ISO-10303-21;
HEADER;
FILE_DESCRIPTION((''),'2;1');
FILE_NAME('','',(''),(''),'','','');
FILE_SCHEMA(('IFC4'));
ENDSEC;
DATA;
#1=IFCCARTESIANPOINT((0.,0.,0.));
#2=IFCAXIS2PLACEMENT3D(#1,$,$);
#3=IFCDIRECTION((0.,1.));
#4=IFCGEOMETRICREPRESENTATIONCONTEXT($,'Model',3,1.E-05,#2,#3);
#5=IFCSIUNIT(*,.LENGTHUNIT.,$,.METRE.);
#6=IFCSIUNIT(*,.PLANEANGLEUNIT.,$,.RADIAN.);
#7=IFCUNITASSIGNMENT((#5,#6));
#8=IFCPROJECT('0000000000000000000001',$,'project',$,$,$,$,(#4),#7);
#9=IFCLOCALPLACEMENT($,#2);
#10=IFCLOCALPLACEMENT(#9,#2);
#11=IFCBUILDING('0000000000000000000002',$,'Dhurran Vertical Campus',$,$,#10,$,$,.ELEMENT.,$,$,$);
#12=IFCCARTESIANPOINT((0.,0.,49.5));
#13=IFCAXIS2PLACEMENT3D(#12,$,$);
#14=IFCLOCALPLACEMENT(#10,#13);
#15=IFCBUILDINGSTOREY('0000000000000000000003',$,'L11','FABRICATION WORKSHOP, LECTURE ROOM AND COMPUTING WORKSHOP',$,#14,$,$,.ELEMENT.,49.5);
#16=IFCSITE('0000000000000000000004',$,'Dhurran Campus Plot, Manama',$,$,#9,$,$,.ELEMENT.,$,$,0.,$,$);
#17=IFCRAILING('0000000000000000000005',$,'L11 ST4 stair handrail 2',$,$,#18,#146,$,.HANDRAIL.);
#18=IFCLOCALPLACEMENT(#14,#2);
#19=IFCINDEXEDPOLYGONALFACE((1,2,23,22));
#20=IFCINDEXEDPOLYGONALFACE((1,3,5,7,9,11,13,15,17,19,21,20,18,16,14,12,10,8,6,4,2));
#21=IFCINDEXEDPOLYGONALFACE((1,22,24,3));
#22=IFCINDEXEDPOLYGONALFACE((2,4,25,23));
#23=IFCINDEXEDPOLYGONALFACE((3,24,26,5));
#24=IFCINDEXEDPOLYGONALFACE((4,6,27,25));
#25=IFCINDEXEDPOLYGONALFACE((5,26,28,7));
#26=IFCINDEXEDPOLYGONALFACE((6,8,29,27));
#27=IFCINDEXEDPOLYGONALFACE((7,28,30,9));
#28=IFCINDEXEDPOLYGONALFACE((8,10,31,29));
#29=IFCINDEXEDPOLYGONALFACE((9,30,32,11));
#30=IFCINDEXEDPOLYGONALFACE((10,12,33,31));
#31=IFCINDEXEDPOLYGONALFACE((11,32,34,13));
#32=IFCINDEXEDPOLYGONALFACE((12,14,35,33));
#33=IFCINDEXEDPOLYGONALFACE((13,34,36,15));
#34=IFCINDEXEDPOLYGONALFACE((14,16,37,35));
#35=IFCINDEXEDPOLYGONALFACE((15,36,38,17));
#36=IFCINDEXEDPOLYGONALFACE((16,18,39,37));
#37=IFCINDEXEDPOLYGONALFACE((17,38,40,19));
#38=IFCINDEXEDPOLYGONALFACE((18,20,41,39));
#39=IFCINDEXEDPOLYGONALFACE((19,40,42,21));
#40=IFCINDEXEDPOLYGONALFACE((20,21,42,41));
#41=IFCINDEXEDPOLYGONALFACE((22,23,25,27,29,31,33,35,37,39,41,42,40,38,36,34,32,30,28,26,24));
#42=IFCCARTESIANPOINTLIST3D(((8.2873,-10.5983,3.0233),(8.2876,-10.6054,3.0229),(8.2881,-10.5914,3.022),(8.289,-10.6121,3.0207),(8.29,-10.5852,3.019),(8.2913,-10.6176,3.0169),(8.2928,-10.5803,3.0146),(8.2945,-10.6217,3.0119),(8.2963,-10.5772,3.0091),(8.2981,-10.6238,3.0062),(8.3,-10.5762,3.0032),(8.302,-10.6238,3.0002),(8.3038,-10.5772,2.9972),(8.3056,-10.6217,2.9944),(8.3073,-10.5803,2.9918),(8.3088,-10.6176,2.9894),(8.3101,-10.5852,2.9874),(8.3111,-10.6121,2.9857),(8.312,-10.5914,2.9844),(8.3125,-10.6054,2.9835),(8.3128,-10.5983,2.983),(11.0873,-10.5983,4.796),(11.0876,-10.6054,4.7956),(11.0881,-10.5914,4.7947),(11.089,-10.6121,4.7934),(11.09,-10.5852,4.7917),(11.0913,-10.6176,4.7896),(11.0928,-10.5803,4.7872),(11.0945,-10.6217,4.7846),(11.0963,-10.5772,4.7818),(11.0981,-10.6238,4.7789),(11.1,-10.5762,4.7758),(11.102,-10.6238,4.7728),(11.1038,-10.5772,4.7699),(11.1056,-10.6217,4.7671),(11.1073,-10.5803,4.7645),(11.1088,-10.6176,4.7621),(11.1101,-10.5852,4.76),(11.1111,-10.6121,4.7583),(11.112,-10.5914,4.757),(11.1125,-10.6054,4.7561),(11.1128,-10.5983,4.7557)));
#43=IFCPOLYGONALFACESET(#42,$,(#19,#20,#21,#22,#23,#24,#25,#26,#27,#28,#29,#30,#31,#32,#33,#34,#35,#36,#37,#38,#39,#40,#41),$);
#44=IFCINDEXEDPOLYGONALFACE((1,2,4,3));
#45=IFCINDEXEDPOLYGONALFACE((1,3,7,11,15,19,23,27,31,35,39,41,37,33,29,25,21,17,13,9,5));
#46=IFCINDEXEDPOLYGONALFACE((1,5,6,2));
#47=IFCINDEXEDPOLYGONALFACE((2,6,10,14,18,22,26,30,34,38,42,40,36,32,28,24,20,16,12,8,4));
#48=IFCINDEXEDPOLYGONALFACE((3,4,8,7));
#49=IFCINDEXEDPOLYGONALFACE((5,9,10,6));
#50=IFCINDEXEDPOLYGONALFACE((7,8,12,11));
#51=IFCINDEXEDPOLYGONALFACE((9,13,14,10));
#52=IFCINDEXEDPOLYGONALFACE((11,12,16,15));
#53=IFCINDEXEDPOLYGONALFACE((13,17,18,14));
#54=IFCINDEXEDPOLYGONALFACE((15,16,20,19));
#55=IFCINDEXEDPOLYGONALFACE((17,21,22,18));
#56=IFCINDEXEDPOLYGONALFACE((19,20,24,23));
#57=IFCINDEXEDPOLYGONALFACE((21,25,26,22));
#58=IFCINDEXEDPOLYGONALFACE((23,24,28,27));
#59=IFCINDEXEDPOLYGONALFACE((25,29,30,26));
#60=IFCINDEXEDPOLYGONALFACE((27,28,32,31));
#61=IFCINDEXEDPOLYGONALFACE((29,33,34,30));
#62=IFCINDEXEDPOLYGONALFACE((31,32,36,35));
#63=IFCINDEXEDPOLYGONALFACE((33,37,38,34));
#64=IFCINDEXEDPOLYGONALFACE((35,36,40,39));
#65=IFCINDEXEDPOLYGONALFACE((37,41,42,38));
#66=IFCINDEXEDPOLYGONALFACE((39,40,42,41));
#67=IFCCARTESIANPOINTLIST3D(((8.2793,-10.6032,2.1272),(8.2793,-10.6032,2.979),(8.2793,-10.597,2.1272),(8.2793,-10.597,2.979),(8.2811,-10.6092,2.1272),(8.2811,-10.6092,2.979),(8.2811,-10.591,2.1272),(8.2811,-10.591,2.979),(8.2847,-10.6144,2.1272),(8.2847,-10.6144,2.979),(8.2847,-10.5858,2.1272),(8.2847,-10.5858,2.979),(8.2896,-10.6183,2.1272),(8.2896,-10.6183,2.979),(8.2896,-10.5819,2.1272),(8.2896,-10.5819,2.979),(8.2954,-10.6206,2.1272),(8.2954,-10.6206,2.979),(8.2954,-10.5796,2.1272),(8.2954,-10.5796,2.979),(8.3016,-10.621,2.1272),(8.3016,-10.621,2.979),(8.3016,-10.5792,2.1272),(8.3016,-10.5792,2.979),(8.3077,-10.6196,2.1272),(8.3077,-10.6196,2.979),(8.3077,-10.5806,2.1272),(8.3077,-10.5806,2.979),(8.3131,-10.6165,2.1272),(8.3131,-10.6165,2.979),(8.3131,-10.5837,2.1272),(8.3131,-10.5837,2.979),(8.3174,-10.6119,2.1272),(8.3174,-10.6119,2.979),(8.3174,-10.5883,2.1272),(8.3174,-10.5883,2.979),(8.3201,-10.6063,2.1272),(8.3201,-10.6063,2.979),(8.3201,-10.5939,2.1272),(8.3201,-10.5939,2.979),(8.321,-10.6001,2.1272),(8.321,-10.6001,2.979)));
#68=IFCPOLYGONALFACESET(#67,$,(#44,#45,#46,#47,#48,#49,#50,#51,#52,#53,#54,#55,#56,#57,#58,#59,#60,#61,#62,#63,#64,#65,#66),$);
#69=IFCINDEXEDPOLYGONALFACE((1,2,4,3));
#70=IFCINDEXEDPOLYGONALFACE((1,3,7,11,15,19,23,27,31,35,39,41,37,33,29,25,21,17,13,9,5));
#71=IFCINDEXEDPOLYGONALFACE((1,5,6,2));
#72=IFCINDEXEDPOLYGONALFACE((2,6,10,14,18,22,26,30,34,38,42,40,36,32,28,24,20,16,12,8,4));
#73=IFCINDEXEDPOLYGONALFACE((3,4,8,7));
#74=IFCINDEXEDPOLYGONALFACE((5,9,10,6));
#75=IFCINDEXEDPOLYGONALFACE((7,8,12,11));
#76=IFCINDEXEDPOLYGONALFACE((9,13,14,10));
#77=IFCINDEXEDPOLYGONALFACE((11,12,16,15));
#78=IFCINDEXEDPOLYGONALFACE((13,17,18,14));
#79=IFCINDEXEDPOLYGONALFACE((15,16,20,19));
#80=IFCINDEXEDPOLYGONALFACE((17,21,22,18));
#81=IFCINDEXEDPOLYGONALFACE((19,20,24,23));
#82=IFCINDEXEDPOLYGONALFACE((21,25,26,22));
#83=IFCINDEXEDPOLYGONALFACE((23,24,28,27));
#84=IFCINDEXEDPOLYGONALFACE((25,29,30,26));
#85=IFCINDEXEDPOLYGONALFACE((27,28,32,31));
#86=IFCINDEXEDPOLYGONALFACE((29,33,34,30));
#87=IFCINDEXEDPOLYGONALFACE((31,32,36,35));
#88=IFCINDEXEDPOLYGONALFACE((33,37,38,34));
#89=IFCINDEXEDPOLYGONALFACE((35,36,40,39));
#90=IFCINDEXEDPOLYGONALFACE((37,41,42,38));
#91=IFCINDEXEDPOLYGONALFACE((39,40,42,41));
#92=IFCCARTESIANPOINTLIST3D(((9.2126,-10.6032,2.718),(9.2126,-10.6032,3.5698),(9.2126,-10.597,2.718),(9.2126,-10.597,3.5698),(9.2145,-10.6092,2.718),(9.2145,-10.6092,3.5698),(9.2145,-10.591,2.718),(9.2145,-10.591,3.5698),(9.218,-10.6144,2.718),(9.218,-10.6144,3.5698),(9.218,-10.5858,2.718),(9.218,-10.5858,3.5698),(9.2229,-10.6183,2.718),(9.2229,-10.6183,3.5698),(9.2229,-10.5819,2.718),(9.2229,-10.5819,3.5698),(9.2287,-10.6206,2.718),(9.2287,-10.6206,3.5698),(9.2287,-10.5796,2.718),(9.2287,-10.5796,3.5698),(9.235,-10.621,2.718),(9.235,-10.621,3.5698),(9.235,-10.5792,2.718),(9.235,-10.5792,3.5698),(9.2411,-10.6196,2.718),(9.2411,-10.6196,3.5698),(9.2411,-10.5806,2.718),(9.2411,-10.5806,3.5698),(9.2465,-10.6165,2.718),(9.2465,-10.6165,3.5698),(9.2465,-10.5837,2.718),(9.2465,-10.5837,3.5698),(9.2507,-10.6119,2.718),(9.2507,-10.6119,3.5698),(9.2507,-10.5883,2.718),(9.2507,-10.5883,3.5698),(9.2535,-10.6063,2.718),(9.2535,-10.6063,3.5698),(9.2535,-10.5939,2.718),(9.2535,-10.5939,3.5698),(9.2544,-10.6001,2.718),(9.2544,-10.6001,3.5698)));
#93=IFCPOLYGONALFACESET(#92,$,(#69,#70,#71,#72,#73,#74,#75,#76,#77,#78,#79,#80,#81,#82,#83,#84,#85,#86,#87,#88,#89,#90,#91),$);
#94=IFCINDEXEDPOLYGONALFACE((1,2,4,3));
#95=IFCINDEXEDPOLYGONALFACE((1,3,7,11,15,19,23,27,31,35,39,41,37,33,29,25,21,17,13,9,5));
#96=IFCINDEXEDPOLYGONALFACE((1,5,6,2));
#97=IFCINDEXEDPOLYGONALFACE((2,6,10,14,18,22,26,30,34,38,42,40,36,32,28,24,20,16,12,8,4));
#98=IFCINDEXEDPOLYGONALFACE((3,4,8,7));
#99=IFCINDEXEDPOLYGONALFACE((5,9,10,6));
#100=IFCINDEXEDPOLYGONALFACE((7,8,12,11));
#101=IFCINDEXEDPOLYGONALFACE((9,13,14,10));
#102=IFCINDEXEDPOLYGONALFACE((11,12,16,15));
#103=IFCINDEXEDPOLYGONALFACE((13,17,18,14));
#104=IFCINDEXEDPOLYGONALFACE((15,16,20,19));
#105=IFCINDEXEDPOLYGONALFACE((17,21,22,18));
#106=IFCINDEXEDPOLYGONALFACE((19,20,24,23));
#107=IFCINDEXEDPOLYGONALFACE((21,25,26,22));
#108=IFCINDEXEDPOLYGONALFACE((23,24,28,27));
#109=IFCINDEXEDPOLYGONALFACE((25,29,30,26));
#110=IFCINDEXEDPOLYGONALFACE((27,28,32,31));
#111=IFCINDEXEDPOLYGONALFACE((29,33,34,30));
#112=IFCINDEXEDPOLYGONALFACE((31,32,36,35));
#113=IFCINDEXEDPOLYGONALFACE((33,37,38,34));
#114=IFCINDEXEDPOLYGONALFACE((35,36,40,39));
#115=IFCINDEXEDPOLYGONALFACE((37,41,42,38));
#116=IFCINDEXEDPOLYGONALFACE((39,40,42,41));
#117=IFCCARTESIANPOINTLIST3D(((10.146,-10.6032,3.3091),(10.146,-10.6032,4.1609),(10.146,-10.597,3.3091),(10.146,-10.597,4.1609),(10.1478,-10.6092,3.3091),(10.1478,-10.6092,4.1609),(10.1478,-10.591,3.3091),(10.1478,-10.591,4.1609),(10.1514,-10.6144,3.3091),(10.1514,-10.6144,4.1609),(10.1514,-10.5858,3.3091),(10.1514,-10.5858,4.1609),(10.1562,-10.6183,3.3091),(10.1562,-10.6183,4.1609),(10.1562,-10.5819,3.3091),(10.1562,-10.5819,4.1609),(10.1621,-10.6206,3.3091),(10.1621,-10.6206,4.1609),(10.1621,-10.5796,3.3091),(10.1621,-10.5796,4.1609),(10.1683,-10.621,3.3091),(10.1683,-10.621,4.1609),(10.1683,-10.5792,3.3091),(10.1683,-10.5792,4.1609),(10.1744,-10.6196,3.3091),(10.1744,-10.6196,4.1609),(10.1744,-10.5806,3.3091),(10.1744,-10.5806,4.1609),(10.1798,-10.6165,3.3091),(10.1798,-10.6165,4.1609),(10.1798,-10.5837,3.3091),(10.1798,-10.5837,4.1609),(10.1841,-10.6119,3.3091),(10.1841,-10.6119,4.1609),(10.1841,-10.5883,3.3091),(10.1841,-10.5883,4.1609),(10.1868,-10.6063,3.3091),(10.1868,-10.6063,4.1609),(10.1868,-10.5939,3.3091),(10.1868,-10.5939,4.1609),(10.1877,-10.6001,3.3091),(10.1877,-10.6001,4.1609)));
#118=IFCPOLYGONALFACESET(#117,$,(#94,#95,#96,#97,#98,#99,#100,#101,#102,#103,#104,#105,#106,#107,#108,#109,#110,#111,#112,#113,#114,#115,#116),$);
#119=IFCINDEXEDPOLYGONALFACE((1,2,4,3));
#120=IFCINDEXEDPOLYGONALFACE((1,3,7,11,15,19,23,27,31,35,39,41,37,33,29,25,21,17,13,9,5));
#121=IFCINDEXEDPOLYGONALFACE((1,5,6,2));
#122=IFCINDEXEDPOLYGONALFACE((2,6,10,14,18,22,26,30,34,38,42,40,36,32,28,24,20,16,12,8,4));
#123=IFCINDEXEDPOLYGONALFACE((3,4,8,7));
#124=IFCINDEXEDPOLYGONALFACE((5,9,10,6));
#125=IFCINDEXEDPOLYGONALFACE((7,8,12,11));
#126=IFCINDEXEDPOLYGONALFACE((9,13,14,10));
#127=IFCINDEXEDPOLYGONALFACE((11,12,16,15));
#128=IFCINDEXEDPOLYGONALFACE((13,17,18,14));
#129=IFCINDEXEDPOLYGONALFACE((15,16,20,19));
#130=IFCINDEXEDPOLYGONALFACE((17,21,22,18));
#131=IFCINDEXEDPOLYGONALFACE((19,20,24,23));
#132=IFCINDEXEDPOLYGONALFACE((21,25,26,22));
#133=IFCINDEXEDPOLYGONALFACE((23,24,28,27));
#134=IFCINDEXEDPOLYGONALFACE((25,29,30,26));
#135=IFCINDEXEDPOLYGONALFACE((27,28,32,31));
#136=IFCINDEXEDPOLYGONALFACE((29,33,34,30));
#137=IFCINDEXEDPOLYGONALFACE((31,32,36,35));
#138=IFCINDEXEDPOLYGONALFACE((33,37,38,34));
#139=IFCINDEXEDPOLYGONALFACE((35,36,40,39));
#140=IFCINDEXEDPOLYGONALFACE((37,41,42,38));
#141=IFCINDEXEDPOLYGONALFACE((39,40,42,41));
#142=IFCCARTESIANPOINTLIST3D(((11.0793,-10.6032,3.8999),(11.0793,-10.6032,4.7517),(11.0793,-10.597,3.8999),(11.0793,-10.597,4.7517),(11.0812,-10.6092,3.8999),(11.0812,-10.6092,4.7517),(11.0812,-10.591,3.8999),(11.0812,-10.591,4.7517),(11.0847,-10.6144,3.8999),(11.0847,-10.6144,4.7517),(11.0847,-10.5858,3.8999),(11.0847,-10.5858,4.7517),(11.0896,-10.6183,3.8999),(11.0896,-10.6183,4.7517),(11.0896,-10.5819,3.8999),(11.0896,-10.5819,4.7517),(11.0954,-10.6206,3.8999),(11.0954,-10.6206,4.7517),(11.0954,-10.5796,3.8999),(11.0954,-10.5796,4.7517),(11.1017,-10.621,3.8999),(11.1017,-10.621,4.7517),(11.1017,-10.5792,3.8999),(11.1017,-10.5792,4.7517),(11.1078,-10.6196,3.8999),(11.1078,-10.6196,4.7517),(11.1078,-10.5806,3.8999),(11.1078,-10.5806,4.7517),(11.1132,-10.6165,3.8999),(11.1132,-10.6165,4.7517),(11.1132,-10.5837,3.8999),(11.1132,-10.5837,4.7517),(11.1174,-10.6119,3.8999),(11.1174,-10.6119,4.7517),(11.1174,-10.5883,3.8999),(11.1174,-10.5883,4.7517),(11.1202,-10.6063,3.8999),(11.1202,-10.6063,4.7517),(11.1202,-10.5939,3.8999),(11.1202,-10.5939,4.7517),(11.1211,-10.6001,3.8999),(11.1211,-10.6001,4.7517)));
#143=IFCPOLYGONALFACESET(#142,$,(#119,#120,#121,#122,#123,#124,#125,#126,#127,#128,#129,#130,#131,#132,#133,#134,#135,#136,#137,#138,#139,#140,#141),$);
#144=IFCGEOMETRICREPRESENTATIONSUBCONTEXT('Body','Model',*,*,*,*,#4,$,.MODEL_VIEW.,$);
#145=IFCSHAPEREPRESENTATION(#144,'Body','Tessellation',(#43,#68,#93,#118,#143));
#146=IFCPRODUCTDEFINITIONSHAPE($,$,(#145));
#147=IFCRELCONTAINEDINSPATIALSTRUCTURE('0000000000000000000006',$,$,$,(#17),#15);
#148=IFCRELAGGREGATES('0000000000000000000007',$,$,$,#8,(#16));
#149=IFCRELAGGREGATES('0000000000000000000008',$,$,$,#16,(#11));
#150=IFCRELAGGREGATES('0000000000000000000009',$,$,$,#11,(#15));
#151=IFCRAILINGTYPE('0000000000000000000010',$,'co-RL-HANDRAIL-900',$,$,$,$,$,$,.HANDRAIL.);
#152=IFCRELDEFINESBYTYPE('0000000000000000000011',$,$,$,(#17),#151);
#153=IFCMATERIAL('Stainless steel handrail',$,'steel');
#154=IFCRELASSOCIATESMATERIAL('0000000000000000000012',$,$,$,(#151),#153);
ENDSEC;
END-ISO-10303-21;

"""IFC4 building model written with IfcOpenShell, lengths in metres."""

from ifc_helpers import new_model, si_unit, direction, frame, origin, origin_2d, place, context, subcontext, project, spatial, circle, extrude, material, type_object, element, save


model = new_model("IFC4")

# Units and contexts
model_context = context("Model", 3, precision=1e-05, world=origin(), true_north=direction((0.0, 1.0)))
body_context = subcontext(model_context, "Body", "Model", "MODEL_VIEW")
ifc_project = project(units=[si_unit("LENGTHUNIT", "METRE"), si_unit("PLANEANGLEUNIT", "RADIAN")], contexts=[model_context])

# Site, building, storey
site_placement = place(None, origin())
site = spatial("IfcSite", under=ifc_project, at=site_placement, Name="Dhurran Campus Plot, Manama", CompositionType="ELEMENT", RefElevation=0.0)
building_placement = place(site_placement, origin())
building = spatial("IfcBuilding", under=site, at=building_placement, Name="Dhurran Vertical Campus", CompositionType="ELEMENT")
storey_placement = place(building_placement, frame((0.0, 0.0, 49.5)))
storey = spatial("IfcBuildingStorey", under=building, at=storey_placement, Name="L11", Description="FABRICATION WORKSHOP, LECTURE ROOM AND COMPUTING WORKSHOP", CompositionType="ELEMENT", Elevation=49.5)

# Railing
ifc_material_1 = material(Name="Stainless steel handrail", Category="steel")
railing_type_1 = type_object("IfcRailingType", Name="co-RL-HANDRAIL-900", PredefinedType="HANDRAIL", material=ifc_material_1)
railing_1_placement = place(storey_placement, frame((8.3, -10.6001, 2.1272)))
element("IfcRailing", 1, at=railing_1_placement, inside=storey, type_object=railing_type_1, Name="L11 ST4 stair handrail 2", PredefinedType="HANDRAIL", context=body_context, shape_type="SweptSolid", body=[
    extrude(circle(Radius=0.0239, at=origin_2d()), frame((0.0, 0.0, 0.876), z_axis=(0.844909, 0.0, 0.53491), x_axis=(0.0, 1.0, 0.0)), (0.0, 0.0, 1.0), 3.314),
    extrude(circle(Radius=0.021, at=origin_2d()), origin(), (0.0, 0.0, 1.0), 0.8518),
    extrude(circle(Radius=0.021, at=origin_2d()), frame((0.9333, 0.0, 0.5908)), (0.0, 0.0, 1.0), 0.8518),
    extrude(circle(Radius=0.021, at=origin_2d()), frame((1.8667, 0.0, 1.1819)), (0.0, 0.0, 1.0), 0.8518),
    extrude(circle(Radius=0.021, at=origin_2d()), frame((2.8, 0.0, 1.7727)), (0.0, 0.0, 1.0), 0.8518),
])

save(model, "model.ifc")
